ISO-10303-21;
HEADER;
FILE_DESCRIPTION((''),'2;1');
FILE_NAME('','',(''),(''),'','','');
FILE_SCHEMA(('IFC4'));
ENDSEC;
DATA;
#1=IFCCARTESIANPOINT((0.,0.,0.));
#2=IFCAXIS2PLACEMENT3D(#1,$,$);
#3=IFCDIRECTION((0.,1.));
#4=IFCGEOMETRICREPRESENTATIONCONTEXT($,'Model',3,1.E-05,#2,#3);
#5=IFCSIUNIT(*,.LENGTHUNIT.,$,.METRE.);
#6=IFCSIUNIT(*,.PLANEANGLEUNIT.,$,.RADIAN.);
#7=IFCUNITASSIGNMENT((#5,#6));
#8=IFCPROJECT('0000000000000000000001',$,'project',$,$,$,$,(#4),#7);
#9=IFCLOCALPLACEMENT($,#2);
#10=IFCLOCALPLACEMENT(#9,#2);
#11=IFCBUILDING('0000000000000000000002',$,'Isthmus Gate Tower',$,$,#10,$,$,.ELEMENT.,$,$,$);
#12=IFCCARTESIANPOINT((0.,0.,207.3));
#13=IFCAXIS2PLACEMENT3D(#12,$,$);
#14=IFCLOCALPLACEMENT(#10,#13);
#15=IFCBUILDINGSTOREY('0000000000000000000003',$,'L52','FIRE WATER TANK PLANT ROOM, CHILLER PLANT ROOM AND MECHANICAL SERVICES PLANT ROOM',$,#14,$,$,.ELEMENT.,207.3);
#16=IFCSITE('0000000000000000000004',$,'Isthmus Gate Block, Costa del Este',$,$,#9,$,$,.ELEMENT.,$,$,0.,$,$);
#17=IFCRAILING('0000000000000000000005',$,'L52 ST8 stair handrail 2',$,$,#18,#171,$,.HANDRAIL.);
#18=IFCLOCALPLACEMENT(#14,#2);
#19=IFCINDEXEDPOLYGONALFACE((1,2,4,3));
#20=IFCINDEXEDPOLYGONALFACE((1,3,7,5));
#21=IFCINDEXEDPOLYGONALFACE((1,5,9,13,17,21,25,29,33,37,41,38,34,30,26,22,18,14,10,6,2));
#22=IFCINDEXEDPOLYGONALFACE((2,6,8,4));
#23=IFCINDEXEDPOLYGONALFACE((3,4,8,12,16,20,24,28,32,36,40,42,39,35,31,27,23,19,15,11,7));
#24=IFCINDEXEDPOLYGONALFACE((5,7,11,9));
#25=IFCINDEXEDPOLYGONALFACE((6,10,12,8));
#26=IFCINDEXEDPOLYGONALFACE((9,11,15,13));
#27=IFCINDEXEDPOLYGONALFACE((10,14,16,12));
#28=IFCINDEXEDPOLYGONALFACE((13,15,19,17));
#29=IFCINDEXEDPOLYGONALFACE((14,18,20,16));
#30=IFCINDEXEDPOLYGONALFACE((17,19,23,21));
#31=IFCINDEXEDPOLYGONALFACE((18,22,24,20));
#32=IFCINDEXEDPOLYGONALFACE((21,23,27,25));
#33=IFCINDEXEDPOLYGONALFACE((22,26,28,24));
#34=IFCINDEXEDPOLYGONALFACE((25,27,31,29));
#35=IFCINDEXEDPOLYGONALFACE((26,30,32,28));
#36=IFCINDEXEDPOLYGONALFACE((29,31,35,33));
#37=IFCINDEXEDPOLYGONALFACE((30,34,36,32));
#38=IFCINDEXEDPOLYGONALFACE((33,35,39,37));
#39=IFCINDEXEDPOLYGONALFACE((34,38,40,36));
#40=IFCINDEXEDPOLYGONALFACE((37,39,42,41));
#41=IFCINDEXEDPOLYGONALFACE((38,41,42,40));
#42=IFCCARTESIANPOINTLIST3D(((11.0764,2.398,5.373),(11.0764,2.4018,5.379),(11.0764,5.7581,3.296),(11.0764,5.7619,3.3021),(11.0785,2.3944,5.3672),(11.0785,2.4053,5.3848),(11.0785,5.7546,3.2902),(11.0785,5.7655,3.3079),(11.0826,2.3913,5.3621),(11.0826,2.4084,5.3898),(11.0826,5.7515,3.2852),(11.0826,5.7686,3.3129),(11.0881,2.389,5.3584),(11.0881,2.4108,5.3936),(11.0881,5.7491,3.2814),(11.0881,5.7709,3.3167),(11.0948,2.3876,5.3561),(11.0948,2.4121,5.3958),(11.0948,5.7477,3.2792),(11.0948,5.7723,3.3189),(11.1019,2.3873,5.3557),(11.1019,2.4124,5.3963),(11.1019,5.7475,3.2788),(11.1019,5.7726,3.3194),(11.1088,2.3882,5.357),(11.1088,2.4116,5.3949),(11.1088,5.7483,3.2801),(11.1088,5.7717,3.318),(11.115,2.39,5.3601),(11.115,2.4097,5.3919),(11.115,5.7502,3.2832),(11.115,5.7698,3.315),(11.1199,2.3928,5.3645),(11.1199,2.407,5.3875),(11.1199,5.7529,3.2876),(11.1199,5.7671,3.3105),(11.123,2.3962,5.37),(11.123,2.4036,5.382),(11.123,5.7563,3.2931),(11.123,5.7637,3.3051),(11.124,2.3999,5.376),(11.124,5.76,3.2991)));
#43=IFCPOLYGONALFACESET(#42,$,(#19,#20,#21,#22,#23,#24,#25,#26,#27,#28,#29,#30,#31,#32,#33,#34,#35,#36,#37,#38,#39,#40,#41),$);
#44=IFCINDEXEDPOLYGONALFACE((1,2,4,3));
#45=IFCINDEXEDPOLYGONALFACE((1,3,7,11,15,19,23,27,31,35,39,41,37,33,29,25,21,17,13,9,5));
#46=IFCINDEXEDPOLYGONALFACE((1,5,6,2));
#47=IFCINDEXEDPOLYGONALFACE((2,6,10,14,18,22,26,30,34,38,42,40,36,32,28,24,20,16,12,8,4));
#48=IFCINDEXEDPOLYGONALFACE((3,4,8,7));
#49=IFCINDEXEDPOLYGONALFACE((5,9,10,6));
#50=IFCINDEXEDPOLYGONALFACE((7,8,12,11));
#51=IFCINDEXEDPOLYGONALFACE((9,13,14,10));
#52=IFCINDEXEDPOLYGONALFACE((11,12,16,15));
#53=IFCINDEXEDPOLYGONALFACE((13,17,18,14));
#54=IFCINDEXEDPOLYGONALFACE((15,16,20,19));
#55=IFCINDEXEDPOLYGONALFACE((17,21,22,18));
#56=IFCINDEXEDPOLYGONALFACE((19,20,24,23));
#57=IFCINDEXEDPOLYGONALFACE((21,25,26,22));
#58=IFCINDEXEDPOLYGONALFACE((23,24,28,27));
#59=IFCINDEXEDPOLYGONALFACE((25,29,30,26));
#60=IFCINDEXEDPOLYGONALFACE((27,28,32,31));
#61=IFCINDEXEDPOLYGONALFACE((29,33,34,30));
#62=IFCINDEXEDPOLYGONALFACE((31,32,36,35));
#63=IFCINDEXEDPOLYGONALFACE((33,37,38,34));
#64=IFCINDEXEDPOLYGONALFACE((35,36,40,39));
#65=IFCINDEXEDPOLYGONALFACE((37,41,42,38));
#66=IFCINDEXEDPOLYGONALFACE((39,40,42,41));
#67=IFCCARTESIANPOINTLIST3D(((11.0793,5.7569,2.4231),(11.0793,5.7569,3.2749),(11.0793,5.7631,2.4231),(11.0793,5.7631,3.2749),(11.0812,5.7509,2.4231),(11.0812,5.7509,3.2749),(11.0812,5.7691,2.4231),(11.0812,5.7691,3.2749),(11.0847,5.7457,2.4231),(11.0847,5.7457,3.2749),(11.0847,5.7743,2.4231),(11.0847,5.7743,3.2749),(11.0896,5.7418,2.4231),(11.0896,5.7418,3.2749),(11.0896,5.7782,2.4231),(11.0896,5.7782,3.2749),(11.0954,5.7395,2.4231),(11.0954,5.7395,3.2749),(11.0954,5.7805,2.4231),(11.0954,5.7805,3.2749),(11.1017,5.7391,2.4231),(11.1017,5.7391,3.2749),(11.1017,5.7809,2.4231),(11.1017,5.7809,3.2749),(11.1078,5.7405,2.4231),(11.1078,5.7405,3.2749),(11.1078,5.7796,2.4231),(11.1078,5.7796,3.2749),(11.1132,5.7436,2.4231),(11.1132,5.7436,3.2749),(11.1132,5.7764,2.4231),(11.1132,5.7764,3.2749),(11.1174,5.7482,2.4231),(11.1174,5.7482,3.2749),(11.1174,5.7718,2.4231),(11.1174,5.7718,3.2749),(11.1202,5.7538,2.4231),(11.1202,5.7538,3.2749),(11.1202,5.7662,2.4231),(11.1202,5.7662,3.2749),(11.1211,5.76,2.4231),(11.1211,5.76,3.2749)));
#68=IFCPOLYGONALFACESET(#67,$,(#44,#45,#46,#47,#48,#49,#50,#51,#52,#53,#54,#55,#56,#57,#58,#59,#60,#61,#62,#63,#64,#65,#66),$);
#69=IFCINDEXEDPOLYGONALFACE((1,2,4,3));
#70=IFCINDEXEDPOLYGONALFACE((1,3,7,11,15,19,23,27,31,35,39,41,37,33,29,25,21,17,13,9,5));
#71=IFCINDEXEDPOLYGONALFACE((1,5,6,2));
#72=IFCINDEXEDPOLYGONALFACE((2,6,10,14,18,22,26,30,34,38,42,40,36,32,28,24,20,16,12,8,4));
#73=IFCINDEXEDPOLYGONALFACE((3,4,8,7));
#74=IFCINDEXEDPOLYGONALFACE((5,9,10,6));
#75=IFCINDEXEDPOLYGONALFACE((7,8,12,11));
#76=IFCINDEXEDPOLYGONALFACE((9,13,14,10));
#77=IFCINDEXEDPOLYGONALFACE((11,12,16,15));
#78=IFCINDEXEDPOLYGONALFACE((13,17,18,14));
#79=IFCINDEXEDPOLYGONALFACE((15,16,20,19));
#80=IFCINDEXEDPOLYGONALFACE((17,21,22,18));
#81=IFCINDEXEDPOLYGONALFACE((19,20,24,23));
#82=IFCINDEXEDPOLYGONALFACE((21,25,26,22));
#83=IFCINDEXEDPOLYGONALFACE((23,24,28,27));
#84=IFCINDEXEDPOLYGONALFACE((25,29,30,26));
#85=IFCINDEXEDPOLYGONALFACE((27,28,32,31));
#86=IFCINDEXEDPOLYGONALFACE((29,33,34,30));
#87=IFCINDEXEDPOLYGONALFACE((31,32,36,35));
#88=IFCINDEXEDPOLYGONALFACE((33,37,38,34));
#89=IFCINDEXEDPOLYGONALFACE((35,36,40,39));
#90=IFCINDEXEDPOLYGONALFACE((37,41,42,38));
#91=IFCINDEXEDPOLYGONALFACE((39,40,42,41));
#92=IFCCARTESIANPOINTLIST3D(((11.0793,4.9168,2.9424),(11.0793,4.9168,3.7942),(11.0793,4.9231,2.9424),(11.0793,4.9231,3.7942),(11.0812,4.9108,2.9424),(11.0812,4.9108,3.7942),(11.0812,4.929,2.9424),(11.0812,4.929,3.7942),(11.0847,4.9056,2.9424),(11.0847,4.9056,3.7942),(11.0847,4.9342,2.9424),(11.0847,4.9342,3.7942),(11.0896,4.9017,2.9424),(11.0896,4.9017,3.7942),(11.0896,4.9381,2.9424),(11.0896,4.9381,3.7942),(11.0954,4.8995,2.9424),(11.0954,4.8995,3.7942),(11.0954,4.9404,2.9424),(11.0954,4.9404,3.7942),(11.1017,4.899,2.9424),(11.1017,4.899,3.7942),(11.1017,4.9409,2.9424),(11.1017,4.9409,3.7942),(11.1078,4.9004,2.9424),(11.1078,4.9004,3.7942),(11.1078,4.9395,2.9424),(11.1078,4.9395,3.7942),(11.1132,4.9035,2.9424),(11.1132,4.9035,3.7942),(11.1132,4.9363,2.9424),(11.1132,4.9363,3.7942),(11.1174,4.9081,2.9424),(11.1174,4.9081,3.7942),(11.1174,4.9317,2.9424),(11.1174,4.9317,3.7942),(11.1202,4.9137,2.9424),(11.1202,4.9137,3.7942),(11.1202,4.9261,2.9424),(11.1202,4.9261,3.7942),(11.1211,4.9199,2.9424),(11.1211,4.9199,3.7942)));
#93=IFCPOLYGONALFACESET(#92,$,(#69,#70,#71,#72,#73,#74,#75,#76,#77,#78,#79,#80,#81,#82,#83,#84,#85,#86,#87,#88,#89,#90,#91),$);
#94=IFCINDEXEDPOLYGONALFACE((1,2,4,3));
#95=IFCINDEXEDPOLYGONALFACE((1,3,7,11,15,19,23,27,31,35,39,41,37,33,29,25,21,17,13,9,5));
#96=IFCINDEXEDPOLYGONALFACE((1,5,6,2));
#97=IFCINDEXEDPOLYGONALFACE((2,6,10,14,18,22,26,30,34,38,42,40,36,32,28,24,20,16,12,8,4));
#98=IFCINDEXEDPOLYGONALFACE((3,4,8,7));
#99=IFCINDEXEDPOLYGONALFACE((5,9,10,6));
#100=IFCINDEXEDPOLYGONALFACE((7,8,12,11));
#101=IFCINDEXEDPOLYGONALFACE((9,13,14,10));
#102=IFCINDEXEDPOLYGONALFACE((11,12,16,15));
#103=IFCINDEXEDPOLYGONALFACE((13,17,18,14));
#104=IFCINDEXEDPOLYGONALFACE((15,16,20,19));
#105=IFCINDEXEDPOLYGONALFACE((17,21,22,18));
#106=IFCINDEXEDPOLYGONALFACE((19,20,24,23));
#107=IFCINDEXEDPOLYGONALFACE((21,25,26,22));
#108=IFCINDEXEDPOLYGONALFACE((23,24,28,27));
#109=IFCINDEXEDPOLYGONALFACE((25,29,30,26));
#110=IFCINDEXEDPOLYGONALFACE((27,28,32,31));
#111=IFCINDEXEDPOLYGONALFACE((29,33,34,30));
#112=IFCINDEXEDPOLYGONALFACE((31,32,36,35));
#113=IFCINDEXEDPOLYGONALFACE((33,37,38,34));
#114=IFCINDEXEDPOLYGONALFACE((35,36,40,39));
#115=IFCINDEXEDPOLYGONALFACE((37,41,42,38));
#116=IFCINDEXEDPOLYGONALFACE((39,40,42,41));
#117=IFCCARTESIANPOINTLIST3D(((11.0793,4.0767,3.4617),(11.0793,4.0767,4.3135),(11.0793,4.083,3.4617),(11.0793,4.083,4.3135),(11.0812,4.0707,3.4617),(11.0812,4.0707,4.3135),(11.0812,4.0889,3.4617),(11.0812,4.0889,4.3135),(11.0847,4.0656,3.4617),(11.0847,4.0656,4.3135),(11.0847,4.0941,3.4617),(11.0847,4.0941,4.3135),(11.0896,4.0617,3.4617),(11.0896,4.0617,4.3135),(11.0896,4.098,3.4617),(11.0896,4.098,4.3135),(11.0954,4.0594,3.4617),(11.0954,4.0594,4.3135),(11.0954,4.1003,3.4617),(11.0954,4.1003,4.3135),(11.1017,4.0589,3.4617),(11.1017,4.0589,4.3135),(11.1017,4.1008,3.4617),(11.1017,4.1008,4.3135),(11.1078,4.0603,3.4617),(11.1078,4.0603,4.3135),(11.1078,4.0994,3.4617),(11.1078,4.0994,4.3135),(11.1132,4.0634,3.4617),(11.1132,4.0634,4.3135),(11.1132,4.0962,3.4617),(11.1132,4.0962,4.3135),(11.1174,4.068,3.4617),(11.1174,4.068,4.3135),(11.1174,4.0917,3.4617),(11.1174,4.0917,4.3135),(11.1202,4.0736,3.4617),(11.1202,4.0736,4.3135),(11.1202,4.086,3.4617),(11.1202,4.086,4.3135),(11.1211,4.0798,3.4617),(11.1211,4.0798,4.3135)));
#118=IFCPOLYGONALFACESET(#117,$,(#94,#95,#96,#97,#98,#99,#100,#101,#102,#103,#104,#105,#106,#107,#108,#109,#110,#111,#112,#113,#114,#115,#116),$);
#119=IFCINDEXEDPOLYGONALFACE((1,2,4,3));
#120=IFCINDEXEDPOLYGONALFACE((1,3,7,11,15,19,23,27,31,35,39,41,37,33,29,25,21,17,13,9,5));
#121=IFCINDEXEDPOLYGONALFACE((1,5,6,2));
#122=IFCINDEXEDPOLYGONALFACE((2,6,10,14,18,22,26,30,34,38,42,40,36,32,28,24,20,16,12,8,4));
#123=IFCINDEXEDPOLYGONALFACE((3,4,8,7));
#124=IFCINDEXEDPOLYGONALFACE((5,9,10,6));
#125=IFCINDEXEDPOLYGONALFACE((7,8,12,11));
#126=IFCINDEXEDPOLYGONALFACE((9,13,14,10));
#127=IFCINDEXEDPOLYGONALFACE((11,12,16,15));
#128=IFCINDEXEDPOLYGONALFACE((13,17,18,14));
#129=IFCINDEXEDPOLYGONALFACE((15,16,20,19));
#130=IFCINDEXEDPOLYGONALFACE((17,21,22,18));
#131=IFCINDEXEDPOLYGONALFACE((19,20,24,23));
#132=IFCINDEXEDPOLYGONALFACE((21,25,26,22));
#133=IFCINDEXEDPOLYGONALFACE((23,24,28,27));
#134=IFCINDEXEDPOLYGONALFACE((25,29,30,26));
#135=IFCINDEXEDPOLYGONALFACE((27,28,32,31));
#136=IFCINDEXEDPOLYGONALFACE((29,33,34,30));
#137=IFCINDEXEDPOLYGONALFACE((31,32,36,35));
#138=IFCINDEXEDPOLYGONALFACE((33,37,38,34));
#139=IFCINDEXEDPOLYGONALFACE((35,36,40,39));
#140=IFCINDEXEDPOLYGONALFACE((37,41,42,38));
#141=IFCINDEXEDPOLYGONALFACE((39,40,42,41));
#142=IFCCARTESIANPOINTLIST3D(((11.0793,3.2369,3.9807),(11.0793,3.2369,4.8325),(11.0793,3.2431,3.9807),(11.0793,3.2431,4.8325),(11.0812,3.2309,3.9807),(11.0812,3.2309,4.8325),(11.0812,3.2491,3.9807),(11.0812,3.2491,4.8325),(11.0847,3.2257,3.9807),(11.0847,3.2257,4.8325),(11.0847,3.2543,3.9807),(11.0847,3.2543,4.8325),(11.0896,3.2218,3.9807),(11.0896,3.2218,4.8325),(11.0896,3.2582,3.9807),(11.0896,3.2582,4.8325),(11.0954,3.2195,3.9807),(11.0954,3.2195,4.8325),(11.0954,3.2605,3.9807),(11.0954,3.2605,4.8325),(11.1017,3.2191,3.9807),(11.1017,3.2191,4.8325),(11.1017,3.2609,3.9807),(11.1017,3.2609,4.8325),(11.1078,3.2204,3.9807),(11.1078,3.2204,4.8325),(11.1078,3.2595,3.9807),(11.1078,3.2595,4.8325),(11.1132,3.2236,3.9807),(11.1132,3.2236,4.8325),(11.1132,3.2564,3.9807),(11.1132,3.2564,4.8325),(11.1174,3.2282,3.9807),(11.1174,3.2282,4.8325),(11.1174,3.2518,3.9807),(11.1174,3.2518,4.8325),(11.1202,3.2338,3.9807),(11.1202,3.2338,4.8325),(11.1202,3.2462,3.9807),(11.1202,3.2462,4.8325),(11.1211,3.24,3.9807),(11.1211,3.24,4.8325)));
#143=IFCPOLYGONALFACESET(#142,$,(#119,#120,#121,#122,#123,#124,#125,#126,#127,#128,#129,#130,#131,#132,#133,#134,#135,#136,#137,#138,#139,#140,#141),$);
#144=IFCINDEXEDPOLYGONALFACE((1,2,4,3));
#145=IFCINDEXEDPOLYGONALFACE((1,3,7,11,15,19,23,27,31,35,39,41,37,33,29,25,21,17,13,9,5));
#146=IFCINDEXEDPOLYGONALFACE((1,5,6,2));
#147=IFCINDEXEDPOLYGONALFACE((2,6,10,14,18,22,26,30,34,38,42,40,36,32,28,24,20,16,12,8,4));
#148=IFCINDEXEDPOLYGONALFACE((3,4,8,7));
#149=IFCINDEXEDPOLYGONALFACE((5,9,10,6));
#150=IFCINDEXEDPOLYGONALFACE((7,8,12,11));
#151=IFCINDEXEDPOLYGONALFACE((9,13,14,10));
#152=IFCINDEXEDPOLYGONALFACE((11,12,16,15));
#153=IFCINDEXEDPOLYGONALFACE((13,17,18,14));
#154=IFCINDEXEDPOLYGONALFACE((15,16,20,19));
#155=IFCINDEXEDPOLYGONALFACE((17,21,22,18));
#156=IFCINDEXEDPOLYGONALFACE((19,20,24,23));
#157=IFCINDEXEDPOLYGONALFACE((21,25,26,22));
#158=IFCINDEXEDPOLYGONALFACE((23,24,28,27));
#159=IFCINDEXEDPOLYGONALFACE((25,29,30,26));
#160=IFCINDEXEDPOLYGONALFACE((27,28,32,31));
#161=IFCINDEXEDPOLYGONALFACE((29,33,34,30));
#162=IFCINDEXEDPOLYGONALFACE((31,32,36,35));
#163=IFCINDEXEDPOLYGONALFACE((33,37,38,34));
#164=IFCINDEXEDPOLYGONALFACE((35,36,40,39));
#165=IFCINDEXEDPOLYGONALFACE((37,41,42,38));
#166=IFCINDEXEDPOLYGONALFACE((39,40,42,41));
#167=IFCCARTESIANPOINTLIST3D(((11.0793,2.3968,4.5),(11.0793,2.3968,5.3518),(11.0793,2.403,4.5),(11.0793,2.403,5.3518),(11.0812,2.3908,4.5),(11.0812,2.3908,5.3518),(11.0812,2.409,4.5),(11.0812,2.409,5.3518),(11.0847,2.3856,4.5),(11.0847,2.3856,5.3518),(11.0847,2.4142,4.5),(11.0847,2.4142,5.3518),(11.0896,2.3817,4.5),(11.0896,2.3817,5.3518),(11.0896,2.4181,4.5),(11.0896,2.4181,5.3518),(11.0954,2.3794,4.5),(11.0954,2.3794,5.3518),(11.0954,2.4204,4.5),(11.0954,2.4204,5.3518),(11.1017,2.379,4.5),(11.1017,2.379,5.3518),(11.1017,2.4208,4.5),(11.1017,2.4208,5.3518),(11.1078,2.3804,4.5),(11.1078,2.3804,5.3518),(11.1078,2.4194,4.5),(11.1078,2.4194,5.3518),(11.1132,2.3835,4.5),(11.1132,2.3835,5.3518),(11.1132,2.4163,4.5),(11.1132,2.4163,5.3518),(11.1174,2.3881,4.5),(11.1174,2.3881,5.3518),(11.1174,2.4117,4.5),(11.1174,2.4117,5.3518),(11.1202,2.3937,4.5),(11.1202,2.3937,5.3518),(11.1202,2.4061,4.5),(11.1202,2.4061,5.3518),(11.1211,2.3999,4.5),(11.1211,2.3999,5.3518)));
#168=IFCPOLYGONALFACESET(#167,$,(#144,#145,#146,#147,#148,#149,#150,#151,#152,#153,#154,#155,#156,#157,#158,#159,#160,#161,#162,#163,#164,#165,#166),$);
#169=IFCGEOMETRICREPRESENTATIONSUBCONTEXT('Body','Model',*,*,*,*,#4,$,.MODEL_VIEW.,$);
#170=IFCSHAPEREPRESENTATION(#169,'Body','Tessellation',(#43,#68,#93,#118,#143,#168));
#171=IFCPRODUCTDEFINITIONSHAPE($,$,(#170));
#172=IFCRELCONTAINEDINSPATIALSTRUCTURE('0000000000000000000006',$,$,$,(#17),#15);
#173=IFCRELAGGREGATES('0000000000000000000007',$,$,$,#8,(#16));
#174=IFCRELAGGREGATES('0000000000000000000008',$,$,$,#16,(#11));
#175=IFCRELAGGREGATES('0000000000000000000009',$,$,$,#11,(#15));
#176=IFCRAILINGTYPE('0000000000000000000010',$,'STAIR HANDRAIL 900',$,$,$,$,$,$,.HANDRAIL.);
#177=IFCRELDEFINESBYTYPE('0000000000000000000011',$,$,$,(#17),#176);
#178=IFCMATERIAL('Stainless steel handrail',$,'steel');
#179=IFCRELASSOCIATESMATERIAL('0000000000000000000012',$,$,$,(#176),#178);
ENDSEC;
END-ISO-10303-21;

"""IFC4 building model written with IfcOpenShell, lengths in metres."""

from ifc_helpers import new_model, si_unit, direction, frame, origin, origin_2d, place, context, subcontext, project, spatial, circle, extrude, material, type_object, element, save


model = new_model("IFC4")

# Units and contexts
model_context = context("Model", 3, precision=1e-05, world=origin(), true_north=direction((0.0, 1.0)))
body_context = subcontext(model_context, "Body", "Model", "MODEL_VIEW")
ifc_project = project(units=[si_unit("LENGTHUNIT", "METRE"), si_unit("PLANEANGLEUNIT", "RADIAN")], contexts=[model_context])

# Site, building, storey
site_placement = place(None, origin())
site = spatial("IfcSite", under=ifc_project, at=site_placement, Name="Isthmus Gate Block, Costa del Este", CompositionType="ELEMENT", RefElevation=0.0)
building_placement = place(site_placement, origin())
building = spatial("IfcBuilding", under=site, at=building_placement, Name="Isthmus Gate Tower", CompositionType="ELEMENT")
storey_placement = place(building_placement, frame((0.0, 0.0, 207.3)))
storey = spatial("IfcBuildingStorey", under=building, at=storey_placement, Name="L52", Description="FIRE WATER TANK PLANT ROOM, CHILLER PLANT ROOM AND MECHANICAL SERVICES PLANT ROOM", CompositionType="ELEMENT", Elevation=207.3)

# Railing
ifc_material_1 = material(Name="Stainless steel handrail", Category="steel")
railing_type_1 = type_object("IfcRailingType", Name="STAIR HANDRAIL 900", PredefinedType="HANDRAIL", material=ifc_material_1)
railing_1_placement = place(storey_placement, frame((11.1001, 5.76, 2.4231)))
element("IfcRailing", 1, at=railing_1_placement, inside=storey, type_object=railing_type_1, Name="L52 ST8 stair handrail 2", PredefinedType="HANDRAIL", context=body_context, shape_type="SweptSolid", body=[
    extrude(circle(Radius=0.0239, at=origin_2d()), frame((0.0, 0.0, 0.876), z_axis=(0.0, -0.850623, 0.525776), x_axis=(1.0, 0.0, 0.0)), (0.0, 0.0, 1.0), 3.9502),
    extrude(circle(Radius=0.021, at=origin_2d()), origin(), (0.0, 0.0, 1.0), 0.8518),
    extrude(circle(Radius=0.021, at=origin_2d()), frame((0.0, -0.8401, 0.5193)), (0.0, 0.0, 1.0), 0.8518),
    extrude(circle(Radius=0.021, at=origin_2d()), frame((0.0, -1.6802, 1.0386)), (0.0, 0.0, 1.0), 0.8518),
    extrude(circle(Radius=0.021, at=origin_2d()), frame((0.0, -2.52, 1.5576)), (0.0, 0.0, 1.0), 0.8518),
    extrude(circle(Radius=0.021, at=origin_2d()), frame((0.0, -3.3601, 2.0769)), (0.0, 0.0, 1.0), 0.8518),
])

save(model, "model.ifc")
